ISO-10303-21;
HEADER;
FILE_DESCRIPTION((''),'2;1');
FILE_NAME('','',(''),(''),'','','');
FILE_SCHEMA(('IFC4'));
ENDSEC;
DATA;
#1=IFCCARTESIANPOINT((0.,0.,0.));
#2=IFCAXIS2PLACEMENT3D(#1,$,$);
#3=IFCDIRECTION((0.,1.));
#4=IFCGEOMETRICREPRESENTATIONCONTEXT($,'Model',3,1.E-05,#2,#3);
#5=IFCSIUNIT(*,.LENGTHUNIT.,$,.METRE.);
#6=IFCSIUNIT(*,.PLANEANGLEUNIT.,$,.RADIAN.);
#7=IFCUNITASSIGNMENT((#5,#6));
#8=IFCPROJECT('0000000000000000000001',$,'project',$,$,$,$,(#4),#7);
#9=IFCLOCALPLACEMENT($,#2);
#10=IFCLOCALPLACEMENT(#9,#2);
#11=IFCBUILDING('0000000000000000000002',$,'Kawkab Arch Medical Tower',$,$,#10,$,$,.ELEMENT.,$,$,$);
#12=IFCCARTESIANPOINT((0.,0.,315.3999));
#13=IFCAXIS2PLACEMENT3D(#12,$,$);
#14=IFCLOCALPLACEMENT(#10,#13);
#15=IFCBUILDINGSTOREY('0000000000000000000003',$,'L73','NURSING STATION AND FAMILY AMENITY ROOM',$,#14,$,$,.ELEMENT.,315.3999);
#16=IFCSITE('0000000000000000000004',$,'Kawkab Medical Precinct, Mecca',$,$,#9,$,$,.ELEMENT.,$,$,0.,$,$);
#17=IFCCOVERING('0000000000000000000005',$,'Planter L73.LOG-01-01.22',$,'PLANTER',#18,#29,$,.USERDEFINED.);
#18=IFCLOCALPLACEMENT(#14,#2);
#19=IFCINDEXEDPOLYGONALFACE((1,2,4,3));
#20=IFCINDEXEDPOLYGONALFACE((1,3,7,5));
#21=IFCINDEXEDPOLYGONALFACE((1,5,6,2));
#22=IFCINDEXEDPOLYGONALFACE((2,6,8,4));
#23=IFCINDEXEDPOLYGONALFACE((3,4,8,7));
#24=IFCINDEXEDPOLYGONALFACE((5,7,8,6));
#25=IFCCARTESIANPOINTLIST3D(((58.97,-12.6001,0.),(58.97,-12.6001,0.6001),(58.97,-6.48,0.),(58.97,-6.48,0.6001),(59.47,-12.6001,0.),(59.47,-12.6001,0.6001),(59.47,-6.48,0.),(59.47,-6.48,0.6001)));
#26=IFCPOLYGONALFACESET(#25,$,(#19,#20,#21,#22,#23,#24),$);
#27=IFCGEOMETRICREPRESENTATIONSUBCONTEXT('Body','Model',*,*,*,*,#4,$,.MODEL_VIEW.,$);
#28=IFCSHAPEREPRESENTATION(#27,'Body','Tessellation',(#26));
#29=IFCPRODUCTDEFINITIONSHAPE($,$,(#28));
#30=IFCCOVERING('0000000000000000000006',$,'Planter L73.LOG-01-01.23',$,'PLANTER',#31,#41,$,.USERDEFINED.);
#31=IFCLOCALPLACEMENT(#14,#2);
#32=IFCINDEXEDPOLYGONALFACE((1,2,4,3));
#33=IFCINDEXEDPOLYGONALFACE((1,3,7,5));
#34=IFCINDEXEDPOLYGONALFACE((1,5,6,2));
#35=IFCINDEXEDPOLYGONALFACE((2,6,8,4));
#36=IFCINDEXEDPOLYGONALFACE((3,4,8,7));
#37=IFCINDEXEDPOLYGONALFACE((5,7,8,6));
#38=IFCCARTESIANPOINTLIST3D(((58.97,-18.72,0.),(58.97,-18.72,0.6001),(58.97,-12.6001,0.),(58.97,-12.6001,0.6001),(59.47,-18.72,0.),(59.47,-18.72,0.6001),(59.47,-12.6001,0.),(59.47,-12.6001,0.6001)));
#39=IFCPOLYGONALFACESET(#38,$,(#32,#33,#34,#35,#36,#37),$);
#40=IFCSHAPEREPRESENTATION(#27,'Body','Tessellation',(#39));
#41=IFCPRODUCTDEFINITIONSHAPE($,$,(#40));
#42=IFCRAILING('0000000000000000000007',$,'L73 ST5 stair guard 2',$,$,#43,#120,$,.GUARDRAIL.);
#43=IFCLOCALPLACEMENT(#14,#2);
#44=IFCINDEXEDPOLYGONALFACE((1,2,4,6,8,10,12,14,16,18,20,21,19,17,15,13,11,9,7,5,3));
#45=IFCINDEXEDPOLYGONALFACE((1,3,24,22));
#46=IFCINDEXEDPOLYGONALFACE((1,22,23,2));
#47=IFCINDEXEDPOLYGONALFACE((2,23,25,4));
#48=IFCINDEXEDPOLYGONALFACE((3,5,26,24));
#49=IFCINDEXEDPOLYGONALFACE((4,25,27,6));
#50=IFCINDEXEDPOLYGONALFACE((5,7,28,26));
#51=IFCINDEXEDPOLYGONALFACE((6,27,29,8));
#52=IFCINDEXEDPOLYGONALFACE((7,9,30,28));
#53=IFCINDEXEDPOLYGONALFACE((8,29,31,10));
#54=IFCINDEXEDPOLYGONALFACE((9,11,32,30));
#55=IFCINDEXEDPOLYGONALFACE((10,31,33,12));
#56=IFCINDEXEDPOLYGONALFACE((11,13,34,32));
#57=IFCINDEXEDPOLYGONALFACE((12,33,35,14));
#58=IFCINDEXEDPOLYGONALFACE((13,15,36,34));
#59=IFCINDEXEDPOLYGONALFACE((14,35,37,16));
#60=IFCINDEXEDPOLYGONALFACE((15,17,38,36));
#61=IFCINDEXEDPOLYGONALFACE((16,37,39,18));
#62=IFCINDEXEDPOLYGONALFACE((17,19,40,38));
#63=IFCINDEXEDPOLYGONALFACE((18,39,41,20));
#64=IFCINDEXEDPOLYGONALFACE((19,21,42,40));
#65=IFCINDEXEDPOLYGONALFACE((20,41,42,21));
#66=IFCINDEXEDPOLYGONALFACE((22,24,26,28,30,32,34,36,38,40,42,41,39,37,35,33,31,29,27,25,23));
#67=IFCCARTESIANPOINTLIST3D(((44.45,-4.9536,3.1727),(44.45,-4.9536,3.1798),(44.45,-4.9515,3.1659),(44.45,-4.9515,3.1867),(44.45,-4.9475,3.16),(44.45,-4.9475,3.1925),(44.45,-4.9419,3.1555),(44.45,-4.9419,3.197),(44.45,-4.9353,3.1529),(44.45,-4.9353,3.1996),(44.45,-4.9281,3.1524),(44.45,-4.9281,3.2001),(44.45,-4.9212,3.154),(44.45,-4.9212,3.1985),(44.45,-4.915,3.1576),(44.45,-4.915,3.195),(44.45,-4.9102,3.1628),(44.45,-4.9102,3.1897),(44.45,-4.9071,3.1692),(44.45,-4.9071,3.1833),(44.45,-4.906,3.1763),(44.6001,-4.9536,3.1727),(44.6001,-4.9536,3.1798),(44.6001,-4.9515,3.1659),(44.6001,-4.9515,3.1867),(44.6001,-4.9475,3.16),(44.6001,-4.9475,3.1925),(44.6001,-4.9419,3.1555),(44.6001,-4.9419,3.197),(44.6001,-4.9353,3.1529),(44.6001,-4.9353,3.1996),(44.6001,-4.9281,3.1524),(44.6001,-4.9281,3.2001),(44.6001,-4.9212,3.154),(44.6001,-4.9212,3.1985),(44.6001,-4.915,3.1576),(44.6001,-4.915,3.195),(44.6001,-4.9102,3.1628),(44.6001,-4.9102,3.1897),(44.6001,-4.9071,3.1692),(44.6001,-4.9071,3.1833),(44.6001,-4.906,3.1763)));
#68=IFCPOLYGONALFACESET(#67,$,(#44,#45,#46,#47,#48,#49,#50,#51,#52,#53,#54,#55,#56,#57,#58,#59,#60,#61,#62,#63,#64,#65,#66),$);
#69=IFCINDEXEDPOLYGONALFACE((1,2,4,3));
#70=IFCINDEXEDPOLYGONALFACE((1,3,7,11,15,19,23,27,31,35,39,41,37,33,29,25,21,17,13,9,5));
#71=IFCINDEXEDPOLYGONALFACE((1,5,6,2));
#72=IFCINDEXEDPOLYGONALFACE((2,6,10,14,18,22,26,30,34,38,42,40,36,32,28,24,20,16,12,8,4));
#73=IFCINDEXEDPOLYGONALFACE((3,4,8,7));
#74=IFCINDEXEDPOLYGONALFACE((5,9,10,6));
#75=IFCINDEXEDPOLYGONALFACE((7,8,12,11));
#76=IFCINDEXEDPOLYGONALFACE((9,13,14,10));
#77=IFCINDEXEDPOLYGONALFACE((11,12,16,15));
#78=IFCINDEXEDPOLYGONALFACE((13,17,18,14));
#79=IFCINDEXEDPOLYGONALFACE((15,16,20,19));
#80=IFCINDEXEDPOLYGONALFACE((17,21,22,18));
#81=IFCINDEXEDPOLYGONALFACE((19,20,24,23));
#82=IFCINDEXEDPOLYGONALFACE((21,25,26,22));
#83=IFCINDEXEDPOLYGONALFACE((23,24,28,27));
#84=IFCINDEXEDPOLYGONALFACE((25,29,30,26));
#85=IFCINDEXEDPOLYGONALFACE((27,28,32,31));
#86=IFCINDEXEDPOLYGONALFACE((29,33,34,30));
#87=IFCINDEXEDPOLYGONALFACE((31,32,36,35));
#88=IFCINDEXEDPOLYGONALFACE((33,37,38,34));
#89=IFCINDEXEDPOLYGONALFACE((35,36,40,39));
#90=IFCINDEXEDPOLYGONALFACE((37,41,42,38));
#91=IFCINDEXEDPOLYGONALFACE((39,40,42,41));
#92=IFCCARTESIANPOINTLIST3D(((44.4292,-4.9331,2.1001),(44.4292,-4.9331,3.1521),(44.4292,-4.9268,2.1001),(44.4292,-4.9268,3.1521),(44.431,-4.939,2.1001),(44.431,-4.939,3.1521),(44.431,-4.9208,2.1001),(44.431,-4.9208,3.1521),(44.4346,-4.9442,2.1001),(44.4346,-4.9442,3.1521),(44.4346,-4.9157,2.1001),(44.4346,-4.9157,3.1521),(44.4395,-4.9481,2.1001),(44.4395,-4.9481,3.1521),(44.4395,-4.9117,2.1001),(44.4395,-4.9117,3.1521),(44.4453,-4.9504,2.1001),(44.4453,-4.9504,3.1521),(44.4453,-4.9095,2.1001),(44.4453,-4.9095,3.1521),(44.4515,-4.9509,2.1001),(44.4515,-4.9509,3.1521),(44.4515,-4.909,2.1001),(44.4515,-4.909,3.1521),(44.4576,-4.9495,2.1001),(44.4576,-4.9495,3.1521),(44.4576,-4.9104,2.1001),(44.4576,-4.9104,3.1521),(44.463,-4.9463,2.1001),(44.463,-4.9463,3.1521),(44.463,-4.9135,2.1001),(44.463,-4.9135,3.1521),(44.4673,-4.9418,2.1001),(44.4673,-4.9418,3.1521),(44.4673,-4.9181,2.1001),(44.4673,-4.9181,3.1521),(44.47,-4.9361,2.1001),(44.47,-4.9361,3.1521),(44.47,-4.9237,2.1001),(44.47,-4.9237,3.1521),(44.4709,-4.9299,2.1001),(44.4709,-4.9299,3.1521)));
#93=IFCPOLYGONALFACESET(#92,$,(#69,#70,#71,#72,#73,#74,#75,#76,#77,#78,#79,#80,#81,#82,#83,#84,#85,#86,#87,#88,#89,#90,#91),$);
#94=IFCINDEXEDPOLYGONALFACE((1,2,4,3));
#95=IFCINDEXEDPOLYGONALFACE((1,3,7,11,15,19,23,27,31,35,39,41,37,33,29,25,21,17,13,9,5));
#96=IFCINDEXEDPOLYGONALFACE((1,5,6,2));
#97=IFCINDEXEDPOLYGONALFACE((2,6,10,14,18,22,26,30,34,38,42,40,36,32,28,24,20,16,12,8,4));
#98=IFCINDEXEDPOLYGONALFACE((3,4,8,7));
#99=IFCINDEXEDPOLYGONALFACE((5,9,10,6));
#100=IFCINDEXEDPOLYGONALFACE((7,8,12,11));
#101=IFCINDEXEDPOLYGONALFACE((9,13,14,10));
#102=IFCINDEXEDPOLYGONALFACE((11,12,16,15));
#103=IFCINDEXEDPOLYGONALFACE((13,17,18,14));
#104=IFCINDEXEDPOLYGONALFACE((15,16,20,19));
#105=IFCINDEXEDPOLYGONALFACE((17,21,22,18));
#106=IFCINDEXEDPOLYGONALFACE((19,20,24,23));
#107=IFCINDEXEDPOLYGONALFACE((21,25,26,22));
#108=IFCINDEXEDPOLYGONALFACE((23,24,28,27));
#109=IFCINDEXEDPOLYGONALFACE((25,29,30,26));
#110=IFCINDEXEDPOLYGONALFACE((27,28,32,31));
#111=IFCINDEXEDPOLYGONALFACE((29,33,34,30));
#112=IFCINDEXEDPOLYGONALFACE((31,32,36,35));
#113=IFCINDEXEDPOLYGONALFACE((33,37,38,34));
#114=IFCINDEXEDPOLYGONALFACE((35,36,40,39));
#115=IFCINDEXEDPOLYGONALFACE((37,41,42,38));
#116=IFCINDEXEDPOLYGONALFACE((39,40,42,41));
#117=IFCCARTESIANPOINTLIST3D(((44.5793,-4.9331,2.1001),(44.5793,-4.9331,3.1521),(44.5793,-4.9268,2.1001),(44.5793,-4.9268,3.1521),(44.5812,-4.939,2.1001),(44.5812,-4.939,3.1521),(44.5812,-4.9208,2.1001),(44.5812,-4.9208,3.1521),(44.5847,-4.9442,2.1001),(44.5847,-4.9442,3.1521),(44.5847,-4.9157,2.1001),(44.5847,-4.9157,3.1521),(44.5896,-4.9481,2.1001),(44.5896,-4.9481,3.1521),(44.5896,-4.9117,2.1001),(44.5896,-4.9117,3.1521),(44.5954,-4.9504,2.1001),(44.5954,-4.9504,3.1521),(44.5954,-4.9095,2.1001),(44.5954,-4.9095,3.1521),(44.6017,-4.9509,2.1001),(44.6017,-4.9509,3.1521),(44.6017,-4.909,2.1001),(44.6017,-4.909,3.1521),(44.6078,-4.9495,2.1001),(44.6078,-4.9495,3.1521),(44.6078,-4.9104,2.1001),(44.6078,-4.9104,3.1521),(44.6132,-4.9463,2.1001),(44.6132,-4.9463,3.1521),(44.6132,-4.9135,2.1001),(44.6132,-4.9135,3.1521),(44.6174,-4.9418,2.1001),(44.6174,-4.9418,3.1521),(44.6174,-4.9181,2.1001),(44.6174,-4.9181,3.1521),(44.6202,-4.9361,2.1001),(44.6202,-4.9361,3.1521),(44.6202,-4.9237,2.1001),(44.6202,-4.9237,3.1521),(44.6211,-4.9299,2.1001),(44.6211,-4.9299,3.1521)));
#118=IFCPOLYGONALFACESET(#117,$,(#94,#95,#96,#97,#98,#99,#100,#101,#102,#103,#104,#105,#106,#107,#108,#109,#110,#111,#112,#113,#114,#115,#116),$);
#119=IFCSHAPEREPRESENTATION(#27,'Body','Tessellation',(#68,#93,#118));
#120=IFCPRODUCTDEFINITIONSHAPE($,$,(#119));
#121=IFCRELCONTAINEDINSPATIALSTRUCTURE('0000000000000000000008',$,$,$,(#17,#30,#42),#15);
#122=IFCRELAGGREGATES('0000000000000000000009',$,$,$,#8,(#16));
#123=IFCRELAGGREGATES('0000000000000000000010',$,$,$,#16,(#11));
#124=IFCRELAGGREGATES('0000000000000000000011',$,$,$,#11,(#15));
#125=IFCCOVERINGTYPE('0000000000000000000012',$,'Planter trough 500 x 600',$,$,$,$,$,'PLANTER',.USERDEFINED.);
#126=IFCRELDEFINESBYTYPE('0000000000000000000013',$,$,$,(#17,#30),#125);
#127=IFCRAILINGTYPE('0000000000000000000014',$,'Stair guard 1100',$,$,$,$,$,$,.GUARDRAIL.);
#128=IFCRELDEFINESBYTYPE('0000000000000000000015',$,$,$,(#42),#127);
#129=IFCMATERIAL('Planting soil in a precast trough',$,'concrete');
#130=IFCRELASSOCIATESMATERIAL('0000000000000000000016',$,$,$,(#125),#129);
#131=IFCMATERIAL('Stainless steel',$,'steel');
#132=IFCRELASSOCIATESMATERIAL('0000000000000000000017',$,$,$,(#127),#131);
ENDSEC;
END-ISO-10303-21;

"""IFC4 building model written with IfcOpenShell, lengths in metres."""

from ifc_helpers import new_model, si_unit, direction, frame, origin, origin_2d, place, context, subcontext, project, spatial, rectangle, circle, extrude, material, material_profile, profile_set, type_object, element, save


model = new_model("IFC4")

# Units and contexts
model_context = context("Model", 3, precision=1e-05, world=origin(), true_north=direction((0.0, 1.0)))
body_context = subcontext(model_context, "Body", "Model", "MODEL_VIEW")
ifc_project = project(units=[si_unit("LENGTHUNIT", "METRE"), si_unit("PLANEANGLEUNIT", "RADIAN")], contexts=[model_context])

# Site, building, storey
site_placement = place(None, origin())
site = spatial("IfcSite", under=ifc_project, at=site_placement, Name="Kawkab Medical Precinct, Mecca", CompositionType="ELEMENT", RefElevation=0.0)
building_placement = place(site_placement, origin())
building = spatial("IfcBuilding", under=site, at=building_placement, Name="Kawkab Arch Medical Tower", CompositionType="ELEMENT")
storey_placement = place(building_placement, frame((0.0, 0.0, 315.3999)))
storey = spatial("IfcBuildingStorey", under=building, at=storey_placement, Name="L73", Description="NURSING STATION AND FAMILY AMENITY ROOM", CompositionType="ELEMENT", Elevation=315.3999)

# Coverings
ifc_material_1 = material(Name="Planting soil in a precast trough", Category="concrete")
ifc_material_profile_1 = material_profile(ifc_material_1, rectangle(XDim=0.5, YDim=0.6001, at=origin_2d()), Name="Trough 500x600")
ifc_profile_set_1 = profile_set([ifc_material_profile_1], Name="Planting soil in a precast trough")
covering_type_1 = type_object("IfcCoveringType", Name="Planter trough 500 x 600", ElementType="PLANTER", PredefinedType="USERDEFINED", material=ifc_profile_set_1)
covering_1_placement = place(storey_placement, frame((59.22, -6.48, 0.3), z_axis=(0.0, -1.0, 0.0), x_axis=(1.0, 0.0, 0.0)))
element("IfcCovering", 1, at=covering_1_placement, inside=storey, type_object=covering_type_1, Name="Planter L73.LOG-01-01.22", ObjectType="PLANTER", PredefinedType="USERDEFINED", context=body_context, shape_type="SweptSolid", body=[
    extrude(rectangle(XDim=0.5, YDim=0.6001, at=origin_2d()), origin(), (0.0, 0.0, 1.0), 6.1201),
])
covering_2_placement = place(storey_placement, frame((59.22, -12.6001, 0.3), z_axis=(0.0, -1.0, 0.0), x_axis=(1.0, 0.0, 0.0)))
element("IfcCovering", 2, at=covering_2_placement, inside=storey, type_object=covering_type_1, Name="Planter L73.LOG-01-01.23", ObjectType="PLANTER", PredefinedType="USERDEFINED", context=body_context, shape_type="SweptSolid", body=[
    extrude(rectangle(XDim=0.5, YDim=0.6001, at=origin_2d()), origin(), (0.0, 0.0, 1.0), 6.1199),
])

# Railing
ifc_material_2 = material(Name="Stainless steel", Category="steel")
railing_type_1 = type_object("IfcRailingType", Name="Stair guard 1100", PredefinedType="GUARDRAIL", material=ifc_material_2)
railing_1_placement = place(storey_placement, frame((44.45, -4.9299, 2.1001)))
element("IfcRailing", 3, at=railing_1_placement, inside=storey, type_object=railing_type_1, Name="L73 ST5 stair guard 2", PredefinedType="GUARDRAIL", context=body_context, shape_type="SweptSolid", body=[
    extrude(circle(Radius=0.0239, at=origin_2d()), frame((0.0, 0.0, 1.0762), z_axis=(1.0, 0.0, 0.0), x_axis=(0.0, 1.0, 0.0)), (0.0, 0.0, 1.0), 0.1501),
    extrude(circle(Radius=0.021, at=origin_2d()), origin(), (0.0, 0.0, 1.0), 1.052),
    extrude(circle(Radius=0.021, at=origin_2d()), frame((0.1501, 0.0, 0.0)), (0.0, 0.0, 1.0), 1.052),
])

save(model, "model.ifc")
